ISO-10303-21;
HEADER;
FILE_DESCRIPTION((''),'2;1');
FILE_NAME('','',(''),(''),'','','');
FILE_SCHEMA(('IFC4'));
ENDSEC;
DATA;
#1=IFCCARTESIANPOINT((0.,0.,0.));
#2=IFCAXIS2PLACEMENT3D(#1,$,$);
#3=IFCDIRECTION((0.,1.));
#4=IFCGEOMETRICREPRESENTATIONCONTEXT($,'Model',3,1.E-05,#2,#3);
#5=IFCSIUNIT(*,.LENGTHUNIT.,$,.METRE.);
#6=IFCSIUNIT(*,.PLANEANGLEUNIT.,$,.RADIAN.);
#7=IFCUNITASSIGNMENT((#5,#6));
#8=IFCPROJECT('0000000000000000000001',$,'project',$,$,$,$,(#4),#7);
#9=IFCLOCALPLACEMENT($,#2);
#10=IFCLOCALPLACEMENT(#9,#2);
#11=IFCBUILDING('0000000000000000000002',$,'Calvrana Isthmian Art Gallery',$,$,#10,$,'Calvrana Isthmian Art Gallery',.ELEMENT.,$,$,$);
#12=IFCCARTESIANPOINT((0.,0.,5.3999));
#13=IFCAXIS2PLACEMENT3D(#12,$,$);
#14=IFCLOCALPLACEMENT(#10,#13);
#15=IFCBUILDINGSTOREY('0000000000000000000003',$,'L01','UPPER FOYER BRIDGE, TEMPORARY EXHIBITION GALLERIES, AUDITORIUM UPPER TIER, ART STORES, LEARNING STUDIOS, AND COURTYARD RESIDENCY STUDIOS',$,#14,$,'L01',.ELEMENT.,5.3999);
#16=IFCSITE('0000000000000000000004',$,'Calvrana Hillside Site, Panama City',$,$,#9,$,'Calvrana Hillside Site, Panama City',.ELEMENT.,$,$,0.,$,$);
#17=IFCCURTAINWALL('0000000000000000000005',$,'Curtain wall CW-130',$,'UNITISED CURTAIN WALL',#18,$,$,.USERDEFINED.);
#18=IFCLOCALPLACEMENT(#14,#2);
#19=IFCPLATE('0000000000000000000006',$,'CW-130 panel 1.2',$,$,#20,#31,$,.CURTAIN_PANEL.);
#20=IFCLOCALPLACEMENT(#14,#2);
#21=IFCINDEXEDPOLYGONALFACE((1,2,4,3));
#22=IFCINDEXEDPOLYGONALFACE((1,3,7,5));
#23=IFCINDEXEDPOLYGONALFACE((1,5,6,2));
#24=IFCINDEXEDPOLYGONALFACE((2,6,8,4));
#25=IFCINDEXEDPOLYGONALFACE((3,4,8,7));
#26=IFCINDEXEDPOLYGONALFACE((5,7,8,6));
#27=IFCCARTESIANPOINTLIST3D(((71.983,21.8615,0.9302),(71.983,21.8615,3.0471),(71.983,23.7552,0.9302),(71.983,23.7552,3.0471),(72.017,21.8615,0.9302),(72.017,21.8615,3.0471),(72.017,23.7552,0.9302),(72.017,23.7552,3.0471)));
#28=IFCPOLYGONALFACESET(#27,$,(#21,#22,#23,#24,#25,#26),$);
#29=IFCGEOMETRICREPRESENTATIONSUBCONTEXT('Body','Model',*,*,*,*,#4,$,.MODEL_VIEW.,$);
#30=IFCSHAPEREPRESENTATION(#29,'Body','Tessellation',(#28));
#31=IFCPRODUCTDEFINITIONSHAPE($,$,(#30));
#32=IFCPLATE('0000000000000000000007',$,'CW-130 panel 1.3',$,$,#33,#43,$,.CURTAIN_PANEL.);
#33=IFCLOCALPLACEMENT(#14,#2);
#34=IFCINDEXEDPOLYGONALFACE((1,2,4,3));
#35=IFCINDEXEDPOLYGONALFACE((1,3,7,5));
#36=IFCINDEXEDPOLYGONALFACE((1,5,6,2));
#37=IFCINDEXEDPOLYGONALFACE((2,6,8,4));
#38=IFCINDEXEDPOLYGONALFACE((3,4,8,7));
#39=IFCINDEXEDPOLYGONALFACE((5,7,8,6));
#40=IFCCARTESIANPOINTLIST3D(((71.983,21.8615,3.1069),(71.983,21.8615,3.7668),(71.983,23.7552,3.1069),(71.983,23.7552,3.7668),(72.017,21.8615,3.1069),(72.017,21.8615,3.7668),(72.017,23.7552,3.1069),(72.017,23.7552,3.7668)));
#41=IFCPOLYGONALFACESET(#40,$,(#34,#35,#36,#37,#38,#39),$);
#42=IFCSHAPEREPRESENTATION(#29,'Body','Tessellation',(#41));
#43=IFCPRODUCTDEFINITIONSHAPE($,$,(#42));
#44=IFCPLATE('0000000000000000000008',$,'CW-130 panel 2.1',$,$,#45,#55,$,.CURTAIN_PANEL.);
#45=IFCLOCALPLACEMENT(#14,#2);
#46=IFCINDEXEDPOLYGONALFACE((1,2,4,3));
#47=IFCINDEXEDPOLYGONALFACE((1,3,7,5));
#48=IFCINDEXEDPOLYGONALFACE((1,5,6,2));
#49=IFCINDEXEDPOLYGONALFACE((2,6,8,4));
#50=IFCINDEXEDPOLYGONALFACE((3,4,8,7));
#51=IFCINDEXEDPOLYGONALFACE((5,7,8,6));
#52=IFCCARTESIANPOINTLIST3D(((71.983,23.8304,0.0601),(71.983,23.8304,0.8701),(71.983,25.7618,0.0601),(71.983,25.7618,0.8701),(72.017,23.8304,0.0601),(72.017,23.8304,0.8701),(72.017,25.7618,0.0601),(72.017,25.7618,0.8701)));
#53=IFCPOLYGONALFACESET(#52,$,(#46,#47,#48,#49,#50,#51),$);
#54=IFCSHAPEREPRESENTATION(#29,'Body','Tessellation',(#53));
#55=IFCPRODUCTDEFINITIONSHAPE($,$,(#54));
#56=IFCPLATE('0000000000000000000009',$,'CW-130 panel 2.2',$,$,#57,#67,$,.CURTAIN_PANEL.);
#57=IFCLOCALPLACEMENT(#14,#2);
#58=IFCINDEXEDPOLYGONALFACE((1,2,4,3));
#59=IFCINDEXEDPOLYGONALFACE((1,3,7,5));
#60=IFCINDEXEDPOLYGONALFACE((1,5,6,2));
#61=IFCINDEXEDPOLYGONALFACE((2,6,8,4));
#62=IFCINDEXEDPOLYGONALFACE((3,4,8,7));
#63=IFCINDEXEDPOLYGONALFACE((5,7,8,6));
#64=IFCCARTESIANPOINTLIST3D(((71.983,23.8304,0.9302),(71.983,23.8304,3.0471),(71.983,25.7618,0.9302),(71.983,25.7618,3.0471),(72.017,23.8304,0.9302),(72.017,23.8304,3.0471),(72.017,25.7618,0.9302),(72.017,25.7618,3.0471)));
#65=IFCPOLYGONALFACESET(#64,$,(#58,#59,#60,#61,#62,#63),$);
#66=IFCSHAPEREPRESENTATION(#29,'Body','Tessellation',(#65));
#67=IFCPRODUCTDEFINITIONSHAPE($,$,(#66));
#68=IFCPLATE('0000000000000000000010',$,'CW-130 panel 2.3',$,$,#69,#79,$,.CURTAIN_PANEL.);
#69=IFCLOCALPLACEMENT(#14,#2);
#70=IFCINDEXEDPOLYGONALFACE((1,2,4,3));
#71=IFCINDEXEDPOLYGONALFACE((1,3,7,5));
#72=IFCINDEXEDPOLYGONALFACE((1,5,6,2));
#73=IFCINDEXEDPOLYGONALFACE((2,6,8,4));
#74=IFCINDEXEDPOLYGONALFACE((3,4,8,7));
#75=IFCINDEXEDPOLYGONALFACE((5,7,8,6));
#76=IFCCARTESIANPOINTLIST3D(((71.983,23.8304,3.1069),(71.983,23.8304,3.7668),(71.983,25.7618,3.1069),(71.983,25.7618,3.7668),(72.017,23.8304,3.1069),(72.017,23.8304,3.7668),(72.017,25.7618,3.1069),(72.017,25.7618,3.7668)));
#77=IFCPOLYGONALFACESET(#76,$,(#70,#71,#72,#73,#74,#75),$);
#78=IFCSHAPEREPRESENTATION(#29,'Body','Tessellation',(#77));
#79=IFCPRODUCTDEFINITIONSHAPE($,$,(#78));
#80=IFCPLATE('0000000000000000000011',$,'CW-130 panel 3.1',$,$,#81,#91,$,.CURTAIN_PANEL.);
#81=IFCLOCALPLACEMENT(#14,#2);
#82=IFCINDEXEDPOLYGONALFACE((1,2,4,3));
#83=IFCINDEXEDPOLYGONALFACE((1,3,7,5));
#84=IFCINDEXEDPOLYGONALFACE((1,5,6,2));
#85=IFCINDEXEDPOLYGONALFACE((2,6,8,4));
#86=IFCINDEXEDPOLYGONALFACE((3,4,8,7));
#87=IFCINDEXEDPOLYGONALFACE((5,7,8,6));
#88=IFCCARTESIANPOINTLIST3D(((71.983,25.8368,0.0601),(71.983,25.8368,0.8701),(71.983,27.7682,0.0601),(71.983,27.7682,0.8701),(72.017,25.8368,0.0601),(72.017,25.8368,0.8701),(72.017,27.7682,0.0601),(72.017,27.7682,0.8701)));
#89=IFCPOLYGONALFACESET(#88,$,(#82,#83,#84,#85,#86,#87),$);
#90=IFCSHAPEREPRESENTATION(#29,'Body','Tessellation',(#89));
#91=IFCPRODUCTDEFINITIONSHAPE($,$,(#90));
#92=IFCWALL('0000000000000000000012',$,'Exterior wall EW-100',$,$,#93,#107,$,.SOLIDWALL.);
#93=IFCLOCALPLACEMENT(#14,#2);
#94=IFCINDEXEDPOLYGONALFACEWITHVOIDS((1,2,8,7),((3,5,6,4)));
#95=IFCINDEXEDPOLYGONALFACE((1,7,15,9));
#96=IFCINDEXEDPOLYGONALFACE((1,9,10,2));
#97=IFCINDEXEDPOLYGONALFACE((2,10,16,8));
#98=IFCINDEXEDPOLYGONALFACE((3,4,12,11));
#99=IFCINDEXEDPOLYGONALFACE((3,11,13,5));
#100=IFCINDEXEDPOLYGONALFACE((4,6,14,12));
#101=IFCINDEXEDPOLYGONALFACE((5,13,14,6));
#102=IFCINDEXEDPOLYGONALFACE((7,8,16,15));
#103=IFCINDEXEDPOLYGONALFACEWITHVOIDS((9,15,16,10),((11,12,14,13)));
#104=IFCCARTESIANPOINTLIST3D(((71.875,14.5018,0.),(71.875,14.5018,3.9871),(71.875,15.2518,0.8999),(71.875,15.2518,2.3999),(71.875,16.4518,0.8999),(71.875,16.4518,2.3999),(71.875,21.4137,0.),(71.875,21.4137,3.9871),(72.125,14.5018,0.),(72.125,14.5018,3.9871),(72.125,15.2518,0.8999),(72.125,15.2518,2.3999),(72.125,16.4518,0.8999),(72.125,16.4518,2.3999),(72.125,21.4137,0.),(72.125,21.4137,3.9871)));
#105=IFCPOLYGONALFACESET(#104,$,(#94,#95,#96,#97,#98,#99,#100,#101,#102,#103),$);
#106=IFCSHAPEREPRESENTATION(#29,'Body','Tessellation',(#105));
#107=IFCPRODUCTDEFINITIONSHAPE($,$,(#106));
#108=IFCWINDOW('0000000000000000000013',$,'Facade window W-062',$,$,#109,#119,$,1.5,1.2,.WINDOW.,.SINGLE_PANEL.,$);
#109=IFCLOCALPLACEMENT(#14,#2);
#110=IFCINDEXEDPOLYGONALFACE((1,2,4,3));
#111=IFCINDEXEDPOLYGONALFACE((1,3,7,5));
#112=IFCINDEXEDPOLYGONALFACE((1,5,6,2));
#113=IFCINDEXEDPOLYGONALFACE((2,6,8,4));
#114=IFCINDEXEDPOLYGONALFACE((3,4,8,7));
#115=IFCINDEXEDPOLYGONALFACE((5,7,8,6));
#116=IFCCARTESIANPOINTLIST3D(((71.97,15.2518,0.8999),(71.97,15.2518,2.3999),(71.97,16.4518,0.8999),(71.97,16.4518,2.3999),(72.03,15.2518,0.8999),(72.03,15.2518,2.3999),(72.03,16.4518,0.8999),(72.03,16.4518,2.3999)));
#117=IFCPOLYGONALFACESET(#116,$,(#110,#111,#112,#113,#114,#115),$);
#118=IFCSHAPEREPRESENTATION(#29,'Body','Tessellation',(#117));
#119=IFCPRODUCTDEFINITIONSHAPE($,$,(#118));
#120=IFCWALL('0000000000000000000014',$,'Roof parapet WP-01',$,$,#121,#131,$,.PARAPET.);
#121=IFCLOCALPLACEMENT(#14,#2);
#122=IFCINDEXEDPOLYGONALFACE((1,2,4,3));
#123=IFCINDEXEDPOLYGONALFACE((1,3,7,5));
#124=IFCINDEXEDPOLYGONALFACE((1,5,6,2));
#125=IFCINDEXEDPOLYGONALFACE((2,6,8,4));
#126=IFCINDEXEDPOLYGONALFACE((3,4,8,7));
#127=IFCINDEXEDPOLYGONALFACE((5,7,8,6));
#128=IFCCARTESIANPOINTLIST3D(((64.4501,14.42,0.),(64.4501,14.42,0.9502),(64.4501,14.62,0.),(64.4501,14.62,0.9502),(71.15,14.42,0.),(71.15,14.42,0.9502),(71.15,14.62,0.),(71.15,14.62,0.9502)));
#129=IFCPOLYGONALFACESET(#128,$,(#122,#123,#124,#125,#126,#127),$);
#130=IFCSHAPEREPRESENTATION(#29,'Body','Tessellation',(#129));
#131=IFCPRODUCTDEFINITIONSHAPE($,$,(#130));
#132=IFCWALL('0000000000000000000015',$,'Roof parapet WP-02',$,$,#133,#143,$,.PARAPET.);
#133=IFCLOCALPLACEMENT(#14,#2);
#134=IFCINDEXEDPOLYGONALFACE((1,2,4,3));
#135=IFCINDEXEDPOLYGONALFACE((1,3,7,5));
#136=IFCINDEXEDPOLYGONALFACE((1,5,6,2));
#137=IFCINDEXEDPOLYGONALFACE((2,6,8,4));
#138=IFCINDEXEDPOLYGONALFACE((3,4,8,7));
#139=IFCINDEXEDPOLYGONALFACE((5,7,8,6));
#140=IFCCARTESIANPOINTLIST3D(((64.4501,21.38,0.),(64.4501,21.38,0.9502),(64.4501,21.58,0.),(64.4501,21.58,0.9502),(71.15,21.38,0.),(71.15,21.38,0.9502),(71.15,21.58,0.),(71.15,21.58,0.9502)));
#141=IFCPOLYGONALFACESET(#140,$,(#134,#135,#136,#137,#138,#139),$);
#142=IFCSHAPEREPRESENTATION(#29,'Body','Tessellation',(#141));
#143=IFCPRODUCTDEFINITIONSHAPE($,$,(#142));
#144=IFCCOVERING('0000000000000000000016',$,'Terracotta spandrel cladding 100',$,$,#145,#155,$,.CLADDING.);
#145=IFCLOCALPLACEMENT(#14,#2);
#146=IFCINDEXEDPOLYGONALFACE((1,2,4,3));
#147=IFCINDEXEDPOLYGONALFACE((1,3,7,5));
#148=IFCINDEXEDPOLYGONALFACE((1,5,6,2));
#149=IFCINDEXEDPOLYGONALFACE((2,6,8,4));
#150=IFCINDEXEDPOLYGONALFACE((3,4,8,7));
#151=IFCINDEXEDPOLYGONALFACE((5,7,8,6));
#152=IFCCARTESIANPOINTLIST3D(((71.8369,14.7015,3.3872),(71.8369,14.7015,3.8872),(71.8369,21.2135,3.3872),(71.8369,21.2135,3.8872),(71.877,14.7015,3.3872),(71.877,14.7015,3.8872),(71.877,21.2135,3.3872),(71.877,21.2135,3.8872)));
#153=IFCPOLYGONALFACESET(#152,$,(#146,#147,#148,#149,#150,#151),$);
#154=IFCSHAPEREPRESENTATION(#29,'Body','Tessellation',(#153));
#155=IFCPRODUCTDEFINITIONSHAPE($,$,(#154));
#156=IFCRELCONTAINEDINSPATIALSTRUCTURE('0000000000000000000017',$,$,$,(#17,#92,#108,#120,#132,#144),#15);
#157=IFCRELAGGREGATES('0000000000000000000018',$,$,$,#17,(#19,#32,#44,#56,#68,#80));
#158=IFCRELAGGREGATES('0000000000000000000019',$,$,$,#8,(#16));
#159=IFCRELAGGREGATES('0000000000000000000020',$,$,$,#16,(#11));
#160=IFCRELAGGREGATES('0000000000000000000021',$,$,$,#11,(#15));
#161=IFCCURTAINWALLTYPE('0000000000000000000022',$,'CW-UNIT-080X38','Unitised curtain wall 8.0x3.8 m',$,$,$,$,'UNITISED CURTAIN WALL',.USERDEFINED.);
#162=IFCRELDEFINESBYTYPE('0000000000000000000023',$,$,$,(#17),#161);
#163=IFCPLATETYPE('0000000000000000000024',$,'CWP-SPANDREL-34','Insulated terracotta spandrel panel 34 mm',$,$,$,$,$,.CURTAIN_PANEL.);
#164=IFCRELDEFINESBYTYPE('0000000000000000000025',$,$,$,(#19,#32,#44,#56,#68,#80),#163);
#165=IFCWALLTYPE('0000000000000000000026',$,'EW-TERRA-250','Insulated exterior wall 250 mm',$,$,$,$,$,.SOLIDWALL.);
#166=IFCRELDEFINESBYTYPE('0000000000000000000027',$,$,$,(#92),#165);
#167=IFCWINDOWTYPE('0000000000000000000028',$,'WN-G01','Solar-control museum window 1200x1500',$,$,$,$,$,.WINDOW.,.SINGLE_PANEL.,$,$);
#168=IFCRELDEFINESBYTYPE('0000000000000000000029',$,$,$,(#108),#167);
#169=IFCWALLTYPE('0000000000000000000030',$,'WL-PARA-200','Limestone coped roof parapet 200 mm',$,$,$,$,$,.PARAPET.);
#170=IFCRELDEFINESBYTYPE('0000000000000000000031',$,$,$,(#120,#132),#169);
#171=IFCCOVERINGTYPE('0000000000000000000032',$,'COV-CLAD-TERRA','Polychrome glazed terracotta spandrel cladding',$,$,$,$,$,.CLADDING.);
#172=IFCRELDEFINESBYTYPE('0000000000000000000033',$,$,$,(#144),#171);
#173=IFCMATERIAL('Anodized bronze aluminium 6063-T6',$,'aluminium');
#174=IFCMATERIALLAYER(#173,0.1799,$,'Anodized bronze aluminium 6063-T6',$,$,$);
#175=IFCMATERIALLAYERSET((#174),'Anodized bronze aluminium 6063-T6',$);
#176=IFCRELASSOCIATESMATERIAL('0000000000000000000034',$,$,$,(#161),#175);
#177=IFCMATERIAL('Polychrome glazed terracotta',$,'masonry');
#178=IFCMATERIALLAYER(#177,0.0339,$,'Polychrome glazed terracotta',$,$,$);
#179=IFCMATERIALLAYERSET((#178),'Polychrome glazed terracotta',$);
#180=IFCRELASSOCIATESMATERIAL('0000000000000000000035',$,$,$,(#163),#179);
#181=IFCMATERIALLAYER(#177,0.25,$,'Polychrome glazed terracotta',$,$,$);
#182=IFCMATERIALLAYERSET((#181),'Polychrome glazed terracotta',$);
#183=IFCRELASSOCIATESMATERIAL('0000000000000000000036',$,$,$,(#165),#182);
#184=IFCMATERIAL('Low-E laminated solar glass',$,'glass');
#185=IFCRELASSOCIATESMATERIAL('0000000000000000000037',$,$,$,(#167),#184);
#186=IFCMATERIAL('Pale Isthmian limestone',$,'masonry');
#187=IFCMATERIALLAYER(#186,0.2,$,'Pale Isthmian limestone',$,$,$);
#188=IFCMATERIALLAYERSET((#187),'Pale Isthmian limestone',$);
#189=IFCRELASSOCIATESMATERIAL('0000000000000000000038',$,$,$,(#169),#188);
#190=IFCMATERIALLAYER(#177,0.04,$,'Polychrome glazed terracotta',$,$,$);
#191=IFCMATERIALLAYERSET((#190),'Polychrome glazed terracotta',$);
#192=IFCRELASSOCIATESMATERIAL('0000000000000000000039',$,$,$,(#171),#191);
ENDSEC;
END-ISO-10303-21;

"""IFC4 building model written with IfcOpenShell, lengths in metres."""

from ifc_helpers import new_model, si_unit, direction, frame, frame_2d, origin, origin_2d, place, context, subcontext, project, spatial, rectangle, extrude, material, layer, layer_set, type_object, element, fill, aggregate, save


model = new_model("IFC4")

# Units and contexts
model_context = context("Model", 3, precision=1e-05, world=origin(), true_north=direction((0.0, 1.0)))
body_context = subcontext(model_context, "Body", "Model", "MODEL_VIEW")
ifc_project = project(units=[si_unit("LENGTHUNIT", "METRE"), si_unit("PLANEANGLEUNIT", "RADIAN")], contexts=[model_context])

# Site, building, storey
site_placement = place(None, origin())
site = spatial("IfcSite", under=ifc_project, at=site_placement, Name="Calvrana Hillside Site, Panama City", LongName="Calvrana Hillside Site, Panama City", CompositionType="ELEMENT", RefElevation=0.0)
building_placement = place(site_placement, origin())
building = spatial("IfcBuilding", under=site, at=building_placement, Name="Calvrana Isthmian Art Gallery", LongName="Calvrana Isthmian Art Gallery", CompositionType="ELEMENT")
storey_placement = place(building_placement, frame((0.0, 0.0, 5.3999)))
storey = spatial("IfcBuildingStorey", under=building, at=storey_placement, Name="L01", Description="UPPER FOYER BRIDGE, TEMPORARY EXHIBITION GALLERIES, AUDITORIUM UPPER TIER, ART STORES, LEARNING STUDIOS, AND COURTYARD RESIDENCY STUDIOS", LongName="L01", CompositionType="ELEMENT", Elevation=5.3999)

# Curtain wall, plates
ifc_material_1 = material(Name="Anodized bronze aluminium 6063-T6", Category="aluminium")
ifc_layer_1 = layer(ifc_material_1, 0.1799, Name="Anodized bronze aluminium 6063-T6")
ifc_layer_set_1 = layer_set([ifc_layer_1], Name="Anodized bronze aluminium 6063-T6")
curtain_wall_type = type_object("IfcCurtainWallType", Name="CW-UNIT-080X38", Description="Unitised curtain wall 8.0x3.8 m", ElementType="UNITISED CURTAIN WALL", PredefinedType="USERDEFINED", material=ifc_layer_set_1)
curtain_wall_placement = place(storey_placement, origin())
curtain_wall = element("IfcCurtainWall", 1, at=curtain_wall_placement, inside=storey, type_object=curtain_wall_type, Name="Curtain wall CW-130", ObjectType="UNITISED CURTAIN WALL", PredefinedType="USERDEFINED")
ifc_material_2 = material(Name="Polychrome glazed terracotta", Category="masonry")
ifc_layer_2 = layer(ifc_material_2, 0.0339, Name="Polychrome glazed terracotta")
ifc_layer_set_2 = layer_set([ifc_layer_2], Name="Polychrome glazed terracotta")
plate_type = type_object("IfcPlateType", Name="CWP-SPANDREL-34", Description="Insulated terracotta spandrel panel 34 mm", PredefinedType="CURTAIN_PANEL", material=ifc_layer_set_2)
plate_1_placement = place(storey_placement, frame((72.0, 22.8083, 0.9302), z_axis=(0.0, 0.0, 1.0), x_axis=(0.0, 1.0, 0.0)))
plate_1 = element("IfcPlate", 2, at=plate_1_placement, type_object=plate_type, Name="CW-130 panel 1.2", PredefinedType="CURTAIN_PANEL", context=body_context, shape_type="SweptSolid", body=[
    extrude(rectangle(XDim=1.8938, YDim=0.0339, at=origin_2d()), origin(), (0.0, 0.0, 1.0), 2.1169),
])
plate_2_placement = place(storey_placement, frame((72.0, 22.8083, 3.1069), z_axis=(0.0, 0.0, 1.0), x_axis=(0.0, 1.0, 0.0)))
plate_2 = element("IfcPlate", 3, at=plate_2_placement, type_object=plate_type, Name="CW-130 panel 1.3", PredefinedType="CURTAIN_PANEL", context=body_context, shape_type="SweptSolid", body=[
    extrude(rectangle(XDim=1.8938, YDim=0.0339, at=origin_2d()), origin(), (0.0, 0.0, 1.0), 0.6599),
])
plate_3_placement = place(storey_placement, frame((72.0, 24.7961, 0.0601), z_axis=(0.0, 0.0, 1.0), x_axis=(0.0, 1.0, 0.0)))
plate_3 = element("IfcPlate", 4, at=plate_3_placement, type_object=plate_type, Name="CW-130 panel 2.1", PredefinedType="CURTAIN_PANEL", context=body_context, shape_type="SweptSolid", body=[
    extrude(rectangle(XDim=1.9314, YDim=0.0339, at=origin_2d()), origin(), (0.0, 0.0, 1.0), 0.8101),
])
plate_4_placement = place(storey_placement, frame((72.0, 24.7961, 0.9302), z_axis=(0.0, 0.0, 1.0), x_axis=(0.0, 1.0, 0.0)))
plate_4 = element("IfcPlate", 5, at=plate_4_placement, type_object=plate_type, Name="CW-130 panel 2.2", PredefinedType="CURTAIN_PANEL", context=body_context, shape_type="SweptSolid", body=[
    extrude(rectangle(XDim=1.9314, YDim=0.0339, at=origin_2d()), origin(), (0.0, 0.0, 1.0), 2.1169),
])
plate_5_placement = place(storey_placement, frame((72.0, 24.7961, 3.1069), z_axis=(0.0, 0.0, 1.0), x_axis=(0.0, 1.0, 0.0)))
plate_5 = element("IfcPlate", 6, at=plate_5_placement, type_object=plate_type, Name="CW-130 panel 2.3", PredefinedType="CURTAIN_PANEL", context=body_context, shape_type="SweptSolid", body=[
    extrude(rectangle(XDim=1.9314, YDim=0.0339, at=origin_2d()), origin(), (0.0, 0.0, 1.0), 0.6599),
])
plate_6_placement = place(storey_placement, frame((72.0, 26.8025, 0.0601), z_axis=(0.0, 0.0, 1.0), x_axis=(0.0, 1.0, 0.0)))
plate_6 = element("IfcPlate", 7, at=plate_6_placement, type_object=plate_type, Name="CW-130 panel 3.1", PredefinedType="CURTAIN_PANEL", context=body_context, shape_type="SweptSolid", body=[
    extrude(rectangle(XDim=1.9314, YDim=0.0339, at=origin_2d()), origin(), (0.0, 0.0, 1.0), 0.8101),
])
aggregate(curtain_wall, [plate_1, plate_2, plate_3, plate_4, plate_5, plate_6])

# Wall, opening, window
ifc_layer_3 = layer(ifc_material_2, 0.25, Name="Polychrome glazed terracotta")
ifc_layer_set_3 = layer_set([ifc_layer_3], Name="Polychrome glazed terracotta")
wall_type_1 = type_object("IfcWallType", Name="EW-TERRA-250", Description="Insulated exterior wall 250 mm", PredefinedType="SOLIDWALL", material=ifc_layer_set_3)
wall_placement = place(storey_placement, frame((72.0, 14.5017, 0.0), z_axis=(0.0, 0.0, 1.0), x_axis=(0.0, 1.0, 0.0)))
wall = element("IfcWall", 8, at=wall_placement, inside=storey, type_object=wall_type_1, Name="Exterior wall EW-100", PredefinedType="SOLIDWALL", context=body_context, shape_type="SweptSolid", body=[
    extrude(rectangle(XDim=6.9119, YDim=0.25, at=frame_2d((3.4561, 0.0))), origin(), (0.0, 0.0, 1.0), 3.9871),
])
opening_placement = place(wall_placement, frame((0.75, 0.0, 0.8999)))
opening = element("IfcOpeningElement", 9, at=opening_placement, cuts=wall, PredefinedType="OPENING", context=body_context, shape_type="SweptSolid", body=[
    extrude(rectangle(XDim=1.2, YDim=1.5, at=frame_2d((0.6001, 0.75))), frame((0.0, 0.1353, 0.0), z_axis=(0.0, -1.0, 0.0), x_axis=(1.0, 0.0, 0.0)), (0.0, 0.0, 1.0), 0.2705),
])
ifc_material_3 = material(Name="Low-E laminated solar glass", Category="glass")
window_type = type_object("IfcWindowType", Name="WN-G01", Description="Solar-control museum window 1200x1500", PartitioningType="SINGLE_PANEL", PredefinedType="WINDOW", material=ifc_material_3)
window_placement = place(opening_placement, origin())
window = element("IfcWindow", 10, at=window_placement, inside=storey, type_object=window_type, Name="Facade window W-062", OverallHeight=1.5, OverallWidth=1.2, PartitioningType="SINGLE_PANEL", PredefinedType="WINDOW", context=body_context, shape_type="SweptSolid", body=[
    extrude(rectangle(XDim=1.2, YDim=1.5, at=frame_2d((0.6001, 0.75))), frame((0.0, 0.03, 0.0), z_axis=(0.0, -1.0, 0.0), x_axis=(1.0, 0.0, 0.0)), (0.0, 0.0, 1.0), 0.0601),
])
fill(opening, window)

# Walls
ifc_material_4 = material(Name="Pale Isthmian limestone", Category="masonry")
ifc_layer_4 = layer(ifc_material_4, 0.2, Name="Pale Isthmian limestone")
ifc_layer_set_4 = layer_set([ifc_layer_4], Name="Pale Isthmian limestone")
wall_type_2 = type_object("IfcWallType", Name="WL-PARA-200", Description="Limestone coped roof parapet 200 mm", PredefinedType="PARAPET", material=ifc_layer_set_4)
for number, where, z_axis, x_axis, name in (
    (11, (64.45, 14.52, 0.0), (0.0, 0.0, 1.0), (1.0, 0.0, 0.0), "Roof parapet WP-01"),
    (12, (64.45, 21.48, 0.0), (0.0, 0.0, 1.0), (1.0, 0.0, 0.0), "Roof parapet WP-02"),
):
    element("IfcWall", number, at=place(storey_placement, frame(where, z_axis=z_axis, x_axis=x_axis)), inside=storey, type_object=wall_type_2, Name=name, PredefinedType="PARAPET", context=body_context, shape_type="SweptSolid", body=[
        extrude(rectangle(XDim=6.7, YDim=0.2, at=frame_2d((3.3501, 0.0))), origin(), (0.0, 0.0, 1.0), 0.9502),
    ])

# Covering
ifc_layer_5 = layer(ifc_material_2, 0.04, Name="Polychrome glazed terracotta")
ifc_layer_set_5 = layer_set([ifc_layer_5], Name="Polychrome glazed terracotta")
covering_type = type_object("IfcCoveringType", Name="COV-CLAD-TERRA", Description="Polychrome glazed terracotta spandrel cladding", PredefinedType="CLADDING", material=ifc_layer_set_5)
covering_placement = place(storey_placement, frame((71.8569, 17.9575, 3.3872), z_axis=(0.0, 0.0, 1.0), x_axis=(0.0, 1.0, 0.0)))
element("IfcCovering", 13, at=covering_placement, inside=storey, type_object=covering_type, Name="Terracotta spandrel cladding 100", PredefinedType="CLADDING", context=body_context, shape_type="SweptSolid", body=[
    extrude(rectangle(XDim=6.512, YDim=0.04, at=origin_2d()), origin(), (0.0, 0.0, 1.0), 0.5),
])

save(model, "model.ifc")
